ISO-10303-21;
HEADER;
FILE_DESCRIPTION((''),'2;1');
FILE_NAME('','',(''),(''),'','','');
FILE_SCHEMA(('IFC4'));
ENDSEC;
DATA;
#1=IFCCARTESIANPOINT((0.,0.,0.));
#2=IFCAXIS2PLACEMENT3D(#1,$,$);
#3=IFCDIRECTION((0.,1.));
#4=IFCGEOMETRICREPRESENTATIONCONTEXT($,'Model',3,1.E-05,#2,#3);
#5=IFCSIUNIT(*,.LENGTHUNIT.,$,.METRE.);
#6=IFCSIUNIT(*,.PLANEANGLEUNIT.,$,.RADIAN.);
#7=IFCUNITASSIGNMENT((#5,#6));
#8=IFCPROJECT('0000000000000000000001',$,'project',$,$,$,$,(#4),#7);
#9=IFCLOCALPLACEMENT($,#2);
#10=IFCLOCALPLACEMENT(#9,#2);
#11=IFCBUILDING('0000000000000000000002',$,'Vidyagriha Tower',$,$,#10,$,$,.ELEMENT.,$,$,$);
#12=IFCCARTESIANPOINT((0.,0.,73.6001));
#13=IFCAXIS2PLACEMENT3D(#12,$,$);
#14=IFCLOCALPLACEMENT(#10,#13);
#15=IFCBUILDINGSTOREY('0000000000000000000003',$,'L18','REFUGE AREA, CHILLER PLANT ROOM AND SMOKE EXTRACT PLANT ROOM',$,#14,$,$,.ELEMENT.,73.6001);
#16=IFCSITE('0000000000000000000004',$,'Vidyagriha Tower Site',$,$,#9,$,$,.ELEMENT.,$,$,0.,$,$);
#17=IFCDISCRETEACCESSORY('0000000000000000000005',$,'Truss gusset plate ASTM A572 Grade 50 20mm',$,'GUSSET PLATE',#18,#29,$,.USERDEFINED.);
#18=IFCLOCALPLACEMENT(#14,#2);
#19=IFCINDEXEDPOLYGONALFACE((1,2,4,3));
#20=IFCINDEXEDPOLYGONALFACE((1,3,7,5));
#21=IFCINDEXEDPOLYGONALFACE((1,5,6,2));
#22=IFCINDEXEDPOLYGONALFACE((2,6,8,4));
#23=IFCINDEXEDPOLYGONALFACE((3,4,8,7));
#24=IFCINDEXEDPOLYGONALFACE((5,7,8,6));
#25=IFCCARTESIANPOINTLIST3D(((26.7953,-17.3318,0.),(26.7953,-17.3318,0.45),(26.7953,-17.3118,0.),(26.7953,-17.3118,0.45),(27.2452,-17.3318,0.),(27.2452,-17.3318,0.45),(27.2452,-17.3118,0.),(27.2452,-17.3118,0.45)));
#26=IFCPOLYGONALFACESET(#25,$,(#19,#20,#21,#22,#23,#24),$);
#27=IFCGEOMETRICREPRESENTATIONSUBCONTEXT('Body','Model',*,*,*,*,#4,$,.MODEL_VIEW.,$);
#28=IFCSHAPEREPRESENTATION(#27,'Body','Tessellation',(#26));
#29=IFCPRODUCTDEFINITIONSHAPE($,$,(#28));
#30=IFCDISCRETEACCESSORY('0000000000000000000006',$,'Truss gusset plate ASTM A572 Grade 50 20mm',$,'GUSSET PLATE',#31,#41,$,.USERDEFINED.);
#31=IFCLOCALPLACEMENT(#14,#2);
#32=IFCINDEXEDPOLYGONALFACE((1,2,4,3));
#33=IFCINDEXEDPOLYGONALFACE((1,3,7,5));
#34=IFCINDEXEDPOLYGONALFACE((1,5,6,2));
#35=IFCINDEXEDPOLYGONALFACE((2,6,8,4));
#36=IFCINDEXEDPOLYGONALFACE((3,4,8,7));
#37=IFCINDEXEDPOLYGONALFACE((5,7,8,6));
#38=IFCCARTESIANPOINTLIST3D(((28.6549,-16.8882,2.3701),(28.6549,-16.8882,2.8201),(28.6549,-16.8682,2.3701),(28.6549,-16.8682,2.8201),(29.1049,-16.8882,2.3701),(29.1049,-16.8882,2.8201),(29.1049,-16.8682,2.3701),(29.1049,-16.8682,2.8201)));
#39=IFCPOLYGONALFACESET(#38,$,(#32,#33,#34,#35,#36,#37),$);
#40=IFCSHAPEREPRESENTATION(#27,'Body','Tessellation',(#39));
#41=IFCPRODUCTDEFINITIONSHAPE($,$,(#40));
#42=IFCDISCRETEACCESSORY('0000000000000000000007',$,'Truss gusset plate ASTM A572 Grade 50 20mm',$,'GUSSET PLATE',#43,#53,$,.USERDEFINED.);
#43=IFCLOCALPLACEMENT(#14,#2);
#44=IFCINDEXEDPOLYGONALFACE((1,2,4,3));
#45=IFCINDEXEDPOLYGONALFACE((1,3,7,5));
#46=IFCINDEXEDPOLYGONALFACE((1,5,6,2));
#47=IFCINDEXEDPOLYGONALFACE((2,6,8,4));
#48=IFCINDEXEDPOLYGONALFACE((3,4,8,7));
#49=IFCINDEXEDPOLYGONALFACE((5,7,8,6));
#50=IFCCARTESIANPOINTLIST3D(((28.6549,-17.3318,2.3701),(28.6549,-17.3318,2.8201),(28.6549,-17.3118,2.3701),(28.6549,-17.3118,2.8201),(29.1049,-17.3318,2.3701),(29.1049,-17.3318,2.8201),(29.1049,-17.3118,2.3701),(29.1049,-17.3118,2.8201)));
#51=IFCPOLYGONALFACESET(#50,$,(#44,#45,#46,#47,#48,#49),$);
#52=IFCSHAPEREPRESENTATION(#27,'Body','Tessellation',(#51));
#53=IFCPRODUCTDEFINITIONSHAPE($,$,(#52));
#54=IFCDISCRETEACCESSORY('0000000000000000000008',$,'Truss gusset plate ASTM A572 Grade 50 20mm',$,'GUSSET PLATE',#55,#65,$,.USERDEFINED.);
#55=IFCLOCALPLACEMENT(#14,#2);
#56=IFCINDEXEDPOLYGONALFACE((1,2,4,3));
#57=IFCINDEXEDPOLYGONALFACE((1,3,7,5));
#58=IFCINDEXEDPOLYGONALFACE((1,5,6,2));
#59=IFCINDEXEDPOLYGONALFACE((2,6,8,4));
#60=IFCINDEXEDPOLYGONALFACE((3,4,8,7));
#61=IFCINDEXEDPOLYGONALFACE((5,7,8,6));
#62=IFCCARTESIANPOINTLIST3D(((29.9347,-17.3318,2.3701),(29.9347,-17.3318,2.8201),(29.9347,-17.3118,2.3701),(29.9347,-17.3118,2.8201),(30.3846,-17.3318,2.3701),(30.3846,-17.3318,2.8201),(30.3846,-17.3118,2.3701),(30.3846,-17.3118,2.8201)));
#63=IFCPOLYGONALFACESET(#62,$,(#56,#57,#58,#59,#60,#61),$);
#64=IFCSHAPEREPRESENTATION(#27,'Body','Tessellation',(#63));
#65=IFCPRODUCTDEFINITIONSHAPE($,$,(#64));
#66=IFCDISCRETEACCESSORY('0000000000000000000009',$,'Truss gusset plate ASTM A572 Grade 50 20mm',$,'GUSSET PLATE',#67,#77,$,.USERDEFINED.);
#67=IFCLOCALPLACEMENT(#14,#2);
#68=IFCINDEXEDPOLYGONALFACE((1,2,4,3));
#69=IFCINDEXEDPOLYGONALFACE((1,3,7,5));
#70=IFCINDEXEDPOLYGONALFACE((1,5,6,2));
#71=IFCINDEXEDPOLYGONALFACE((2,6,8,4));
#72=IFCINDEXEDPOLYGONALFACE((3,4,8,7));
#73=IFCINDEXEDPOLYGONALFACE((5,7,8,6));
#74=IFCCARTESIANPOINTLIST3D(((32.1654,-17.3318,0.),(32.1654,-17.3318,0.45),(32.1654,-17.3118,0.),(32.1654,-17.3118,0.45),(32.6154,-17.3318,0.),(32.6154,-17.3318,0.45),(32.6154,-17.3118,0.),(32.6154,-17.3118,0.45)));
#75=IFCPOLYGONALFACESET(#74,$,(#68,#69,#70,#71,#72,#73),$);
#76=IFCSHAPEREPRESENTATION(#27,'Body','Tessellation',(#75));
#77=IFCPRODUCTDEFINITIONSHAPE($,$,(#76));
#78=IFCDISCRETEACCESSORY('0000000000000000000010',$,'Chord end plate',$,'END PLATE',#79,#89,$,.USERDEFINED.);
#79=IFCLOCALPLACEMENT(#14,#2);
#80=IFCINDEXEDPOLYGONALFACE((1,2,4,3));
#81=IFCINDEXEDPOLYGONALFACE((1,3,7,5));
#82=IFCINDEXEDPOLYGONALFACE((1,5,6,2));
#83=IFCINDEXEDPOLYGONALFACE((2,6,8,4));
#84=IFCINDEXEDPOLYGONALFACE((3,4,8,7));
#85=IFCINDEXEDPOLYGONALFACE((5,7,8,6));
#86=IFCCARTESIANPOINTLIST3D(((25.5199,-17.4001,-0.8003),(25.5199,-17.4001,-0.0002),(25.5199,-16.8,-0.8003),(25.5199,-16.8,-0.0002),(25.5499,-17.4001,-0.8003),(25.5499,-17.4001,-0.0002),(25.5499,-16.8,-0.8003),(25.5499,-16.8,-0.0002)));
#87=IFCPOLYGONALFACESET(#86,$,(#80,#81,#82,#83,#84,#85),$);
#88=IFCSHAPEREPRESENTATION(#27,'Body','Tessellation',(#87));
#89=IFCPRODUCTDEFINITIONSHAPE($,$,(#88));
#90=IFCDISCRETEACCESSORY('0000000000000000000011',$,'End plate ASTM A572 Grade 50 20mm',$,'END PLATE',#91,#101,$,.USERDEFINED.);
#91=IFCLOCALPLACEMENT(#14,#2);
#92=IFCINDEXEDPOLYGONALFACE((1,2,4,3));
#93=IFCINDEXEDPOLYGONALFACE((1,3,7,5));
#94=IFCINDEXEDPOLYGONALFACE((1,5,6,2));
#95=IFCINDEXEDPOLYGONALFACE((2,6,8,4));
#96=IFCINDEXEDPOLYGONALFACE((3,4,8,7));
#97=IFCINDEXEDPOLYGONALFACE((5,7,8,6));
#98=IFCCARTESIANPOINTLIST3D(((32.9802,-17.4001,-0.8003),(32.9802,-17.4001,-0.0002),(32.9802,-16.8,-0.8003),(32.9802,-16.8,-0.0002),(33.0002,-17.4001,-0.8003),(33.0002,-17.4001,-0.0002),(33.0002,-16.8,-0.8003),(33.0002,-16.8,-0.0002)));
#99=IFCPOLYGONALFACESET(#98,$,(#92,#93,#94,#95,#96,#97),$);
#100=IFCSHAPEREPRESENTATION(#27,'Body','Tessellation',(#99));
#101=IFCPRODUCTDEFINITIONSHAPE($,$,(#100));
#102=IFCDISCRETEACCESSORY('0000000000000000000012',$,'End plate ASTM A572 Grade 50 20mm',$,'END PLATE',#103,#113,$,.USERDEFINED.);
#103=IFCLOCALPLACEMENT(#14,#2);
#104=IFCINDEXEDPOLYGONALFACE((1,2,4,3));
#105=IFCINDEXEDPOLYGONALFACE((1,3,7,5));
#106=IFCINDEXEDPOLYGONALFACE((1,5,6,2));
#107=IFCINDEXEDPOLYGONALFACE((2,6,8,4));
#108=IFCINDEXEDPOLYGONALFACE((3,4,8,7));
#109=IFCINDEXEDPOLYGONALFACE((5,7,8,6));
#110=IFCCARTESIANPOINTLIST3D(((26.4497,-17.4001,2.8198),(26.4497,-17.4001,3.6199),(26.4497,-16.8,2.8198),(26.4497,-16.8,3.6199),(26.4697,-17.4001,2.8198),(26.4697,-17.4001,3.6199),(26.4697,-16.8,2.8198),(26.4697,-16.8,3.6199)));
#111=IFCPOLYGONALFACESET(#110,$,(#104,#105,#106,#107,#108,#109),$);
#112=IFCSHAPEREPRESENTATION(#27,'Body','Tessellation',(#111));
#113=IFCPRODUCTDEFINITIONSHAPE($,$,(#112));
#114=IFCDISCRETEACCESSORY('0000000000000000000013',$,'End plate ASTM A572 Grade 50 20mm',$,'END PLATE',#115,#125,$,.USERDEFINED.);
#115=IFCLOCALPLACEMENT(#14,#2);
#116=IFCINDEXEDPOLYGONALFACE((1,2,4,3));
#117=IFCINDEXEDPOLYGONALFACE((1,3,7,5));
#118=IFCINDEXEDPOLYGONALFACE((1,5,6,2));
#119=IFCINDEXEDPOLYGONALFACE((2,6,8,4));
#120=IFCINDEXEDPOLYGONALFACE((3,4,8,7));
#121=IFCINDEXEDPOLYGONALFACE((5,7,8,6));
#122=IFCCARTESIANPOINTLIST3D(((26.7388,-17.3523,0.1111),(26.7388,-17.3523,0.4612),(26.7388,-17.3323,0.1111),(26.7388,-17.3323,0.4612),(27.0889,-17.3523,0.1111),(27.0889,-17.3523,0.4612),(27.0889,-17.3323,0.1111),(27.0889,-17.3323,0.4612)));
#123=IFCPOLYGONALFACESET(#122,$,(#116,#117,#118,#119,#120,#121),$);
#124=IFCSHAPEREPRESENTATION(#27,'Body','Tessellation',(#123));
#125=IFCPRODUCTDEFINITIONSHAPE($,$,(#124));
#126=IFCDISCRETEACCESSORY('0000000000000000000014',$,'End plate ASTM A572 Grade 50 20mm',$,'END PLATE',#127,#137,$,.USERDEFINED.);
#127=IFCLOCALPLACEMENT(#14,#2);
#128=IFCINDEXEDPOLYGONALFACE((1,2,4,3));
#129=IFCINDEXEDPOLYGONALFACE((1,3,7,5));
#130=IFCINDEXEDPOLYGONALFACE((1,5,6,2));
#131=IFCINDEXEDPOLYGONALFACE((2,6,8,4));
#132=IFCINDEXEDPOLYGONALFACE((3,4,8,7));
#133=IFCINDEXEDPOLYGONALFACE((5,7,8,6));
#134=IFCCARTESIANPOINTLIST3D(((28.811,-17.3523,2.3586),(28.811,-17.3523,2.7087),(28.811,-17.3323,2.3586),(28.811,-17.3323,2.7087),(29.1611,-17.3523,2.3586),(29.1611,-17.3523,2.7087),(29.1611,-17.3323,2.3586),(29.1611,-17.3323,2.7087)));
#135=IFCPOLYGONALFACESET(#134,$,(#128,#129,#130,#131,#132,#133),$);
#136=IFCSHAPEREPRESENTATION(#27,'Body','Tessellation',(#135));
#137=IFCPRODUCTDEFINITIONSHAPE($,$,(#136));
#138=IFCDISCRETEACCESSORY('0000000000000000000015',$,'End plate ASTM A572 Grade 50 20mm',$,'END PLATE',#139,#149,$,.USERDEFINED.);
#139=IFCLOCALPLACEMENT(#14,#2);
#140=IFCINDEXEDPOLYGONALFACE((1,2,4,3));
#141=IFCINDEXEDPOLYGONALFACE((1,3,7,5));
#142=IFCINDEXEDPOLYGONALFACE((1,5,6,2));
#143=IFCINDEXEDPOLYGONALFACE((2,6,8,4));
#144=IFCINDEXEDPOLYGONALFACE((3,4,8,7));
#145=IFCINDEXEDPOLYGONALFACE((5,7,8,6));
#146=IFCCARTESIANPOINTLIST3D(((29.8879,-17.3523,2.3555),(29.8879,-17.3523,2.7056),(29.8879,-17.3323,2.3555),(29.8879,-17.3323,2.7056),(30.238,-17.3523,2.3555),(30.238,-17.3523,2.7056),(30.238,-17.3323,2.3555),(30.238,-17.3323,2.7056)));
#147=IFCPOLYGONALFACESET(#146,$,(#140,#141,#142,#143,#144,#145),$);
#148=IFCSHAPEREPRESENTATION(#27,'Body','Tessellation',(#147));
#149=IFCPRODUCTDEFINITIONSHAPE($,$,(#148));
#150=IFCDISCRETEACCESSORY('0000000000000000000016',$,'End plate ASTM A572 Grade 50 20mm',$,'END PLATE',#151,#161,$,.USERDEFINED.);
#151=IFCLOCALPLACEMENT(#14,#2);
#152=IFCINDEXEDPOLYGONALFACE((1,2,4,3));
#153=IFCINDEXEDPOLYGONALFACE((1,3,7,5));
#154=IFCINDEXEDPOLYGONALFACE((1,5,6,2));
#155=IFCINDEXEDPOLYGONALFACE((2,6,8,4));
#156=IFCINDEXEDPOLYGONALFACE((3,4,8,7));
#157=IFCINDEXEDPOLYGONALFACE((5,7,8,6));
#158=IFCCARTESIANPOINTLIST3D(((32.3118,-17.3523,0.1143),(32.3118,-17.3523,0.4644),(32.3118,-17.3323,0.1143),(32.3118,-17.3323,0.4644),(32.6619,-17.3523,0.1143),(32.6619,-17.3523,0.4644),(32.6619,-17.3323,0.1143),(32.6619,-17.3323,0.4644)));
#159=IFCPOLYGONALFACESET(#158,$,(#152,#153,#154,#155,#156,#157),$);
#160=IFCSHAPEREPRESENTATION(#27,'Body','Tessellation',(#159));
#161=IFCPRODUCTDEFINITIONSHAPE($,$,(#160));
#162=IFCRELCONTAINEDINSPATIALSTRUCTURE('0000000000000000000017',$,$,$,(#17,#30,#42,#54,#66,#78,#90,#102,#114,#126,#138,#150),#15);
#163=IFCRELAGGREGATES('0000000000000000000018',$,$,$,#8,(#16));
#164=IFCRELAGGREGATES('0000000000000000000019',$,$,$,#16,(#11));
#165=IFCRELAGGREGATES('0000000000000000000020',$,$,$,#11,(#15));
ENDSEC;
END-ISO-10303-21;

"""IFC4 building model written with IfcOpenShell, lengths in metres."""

from ifc_helpers import new_model, si_unit, direction, frame, origin, origin_2d, place, context, subcontext, project, spatial, rectangle, extrude, element, save


model = new_model("IFC4")

# Units and contexts
model_context = context("Model", 3, precision=1e-05, world=origin(), true_north=direction((0.0, 1.0)))
body_context = subcontext(model_context, "Body", "Model", "MODEL_VIEW")
ifc_project = project(units=[si_unit("LENGTHUNIT", "METRE"), si_unit("PLANEANGLEUNIT", "RADIAN")], contexts=[model_context])

# Site, building, storey
site_placement = place(None, origin())
site = spatial("IfcSite", under=ifc_project, at=site_placement, Name="Vidyagriha Tower Site", CompositionType="ELEMENT", RefElevation=0.0)
building_placement = place(site_placement, origin())
building = spatial("IfcBuilding", under=site, at=building_placement, Name="Vidyagriha Tower", CompositionType="ELEMENT")
storey_placement = place(building_placement, frame((0.0, 0.0, 73.6001)))
storey = spatial("IfcBuildingStorey", under=building, at=storey_placement, Name="L18", Description="REFUGE AREA, CHILLER PLANT ROOM AND SMOKE EXTRACT PLANT ROOM", CompositionType="ELEMENT", Elevation=73.6001)

# Discrete accessories
for number, where, name in (
    (1, (27.0203, -17.3218, 0.0), "Truss gusset plate ASTM A572 Grade 50 20mm"),
    (2, (28.8799, -16.8782, 2.3701), "Truss gusset plate ASTM A572 Grade 50 20mm"),
    (3, (28.8799, -17.3218, 2.3701), "Truss gusset plate ASTM A572 Grade 50 20mm"),
    (4, (30.1597, -17.3218, 2.3701), "Truss gusset plate ASTM A572 Grade 50 20mm"),
    (5, (32.3904, -17.3218, 0.0), "Truss gusset plate ASTM A572 Grade 50 20mm"),
):
    element("IfcDiscreteAccessory", number, at=place(storey_placement, frame(where)), inside=storey, Name=name, ObjectType="GUSSET PLATE", PredefinedType="USERDEFINED", context=body_context, shape_type="SweptSolid", body=[
        extrude(rectangle(XDim=0.45, YDim=0.02, at=origin_2d()), origin(), (0.0, 0.0, 1.0), 0.45),
    ])
discrete_accessory_1_placement = place(storey_placement, frame((25.5349, -17.1001, -0.8003), z_axis=(0.0, 0.0, 1.0), x_axis=(-1.0, 0.0, 0.0)))
element("IfcDiscreteAccessory", 6, at=discrete_accessory_1_placement, inside=storey, Name="Chord end plate", ObjectType="END PLATE", PredefinedType="USERDEFINED", context=body_context, shape_type="SweptSolid", body=[
    extrude(rectangle(XDim=0.03, YDim=0.6001, at=origin_2d()), origin(), (0.0, 0.0, 1.0), 0.8),
])
discrete_accessory_2_placement = place(storey_placement, frame((32.9902, -17.1001, -0.8003)))
element("IfcDiscreteAccessory", 7, at=discrete_accessory_2_placement, inside=storey, Name="End plate ASTM A572 Grade 50 20mm", ObjectType="END PLATE", PredefinedType="USERDEFINED", context=body_context, shape_type="SweptSolid", body=[
    extrude(rectangle(XDim=0.02, YDim=0.6001, at=origin_2d()), origin(), (0.0, 0.0, 1.0), 0.8),
])
discrete_accessory_3_placement = place(storey_placement, frame((26.4597, -17.1001, 2.8198), z_axis=(0.0, 0.0, 1.0), x_axis=(-1.0, 0.0, 0.0)))
element("IfcDiscreteAccessory", 8, at=discrete_accessory_3_placement, inside=storey, Name="End plate ASTM A572 Grade 50 20mm", ObjectType="END PLATE", PredefinedType="USERDEFINED", context=body_context, shape_type="SweptSolid", body=[
    extrude(rectangle(XDim=0.02, YDim=0.6001, at=origin_2d()), origin(), (0.0, 0.0, 1.0), 0.8),
])
discrete_accessory_4_placement = place(storey_placement, frame((26.9138, -17.3423, 0.1111), z_axis=(0.0, 0.0, 1.0), x_axis=(-1.0, 0.0, 0.0)))
element("IfcDiscreteAccessory", 9, at=discrete_accessory_4_placement, inside=storey, Name="End plate ASTM A572 Grade 50 20mm", ObjectType="END PLATE", PredefinedType="USERDEFINED", context=body_context, shape_type="SweptSolid", body=[
    extrude(rectangle(XDim=0.3501, YDim=0.02, at=origin_2d()), origin(), (0.0, 0.0, 1.0), 0.3501),
])
discrete_accessory_5_placement = place(storey_placement, frame((28.9861, -17.3423, 2.3586)))
element("IfcDiscreteAccessory", 10, at=discrete_accessory_5_placement, inside=storey, Name="End plate ASTM A572 Grade 50 20mm", ObjectType="END PLATE", PredefinedType="USERDEFINED", context=body_context, shape_type="SweptSolid", body=[
    extrude(rectangle(XDim=0.3501, YDim=0.02, at=origin_2d()), origin(), (0.0, 0.0, 1.0), 0.3501),
])
discrete_accessory_6_placement = place(storey_placement, frame((30.063, -17.3423, 2.3555), z_axis=(0.0, 0.0, 1.0), x_axis=(-1.0, 0.0, 0.0)))
element("IfcDiscreteAccessory", 11, at=discrete_accessory_6_placement, inside=storey, Name="End plate ASTM A572 Grade 50 20mm", ObjectType="END PLATE", PredefinedType="USERDEFINED", context=body_context, shape_type="SweptSolid", body=[
    extrude(rectangle(XDim=0.3501, YDim=0.02, at=origin_2d()), origin(), (0.0, 0.0, 1.0), 0.3501),
])
discrete_accessory_7_placement = place(storey_placement, frame((32.4868, -17.3423, 0.1143)))
element("IfcDiscreteAccessory", 12, at=discrete_accessory_7_placement, inside=storey, Name="End plate ASTM A572 Grade 50 20mm", ObjectType="END PLATE", PredefinedType="USERDEFINED", context=body_context, shape_type="SweptSolid", body=[
    extrude(rectangle(XDim=0.3501, YDim=0.02, at=origin_2d()), origin(), (0.0, 0.0, 1.0), 0.3501),
])

save(model, "model.ifc")
